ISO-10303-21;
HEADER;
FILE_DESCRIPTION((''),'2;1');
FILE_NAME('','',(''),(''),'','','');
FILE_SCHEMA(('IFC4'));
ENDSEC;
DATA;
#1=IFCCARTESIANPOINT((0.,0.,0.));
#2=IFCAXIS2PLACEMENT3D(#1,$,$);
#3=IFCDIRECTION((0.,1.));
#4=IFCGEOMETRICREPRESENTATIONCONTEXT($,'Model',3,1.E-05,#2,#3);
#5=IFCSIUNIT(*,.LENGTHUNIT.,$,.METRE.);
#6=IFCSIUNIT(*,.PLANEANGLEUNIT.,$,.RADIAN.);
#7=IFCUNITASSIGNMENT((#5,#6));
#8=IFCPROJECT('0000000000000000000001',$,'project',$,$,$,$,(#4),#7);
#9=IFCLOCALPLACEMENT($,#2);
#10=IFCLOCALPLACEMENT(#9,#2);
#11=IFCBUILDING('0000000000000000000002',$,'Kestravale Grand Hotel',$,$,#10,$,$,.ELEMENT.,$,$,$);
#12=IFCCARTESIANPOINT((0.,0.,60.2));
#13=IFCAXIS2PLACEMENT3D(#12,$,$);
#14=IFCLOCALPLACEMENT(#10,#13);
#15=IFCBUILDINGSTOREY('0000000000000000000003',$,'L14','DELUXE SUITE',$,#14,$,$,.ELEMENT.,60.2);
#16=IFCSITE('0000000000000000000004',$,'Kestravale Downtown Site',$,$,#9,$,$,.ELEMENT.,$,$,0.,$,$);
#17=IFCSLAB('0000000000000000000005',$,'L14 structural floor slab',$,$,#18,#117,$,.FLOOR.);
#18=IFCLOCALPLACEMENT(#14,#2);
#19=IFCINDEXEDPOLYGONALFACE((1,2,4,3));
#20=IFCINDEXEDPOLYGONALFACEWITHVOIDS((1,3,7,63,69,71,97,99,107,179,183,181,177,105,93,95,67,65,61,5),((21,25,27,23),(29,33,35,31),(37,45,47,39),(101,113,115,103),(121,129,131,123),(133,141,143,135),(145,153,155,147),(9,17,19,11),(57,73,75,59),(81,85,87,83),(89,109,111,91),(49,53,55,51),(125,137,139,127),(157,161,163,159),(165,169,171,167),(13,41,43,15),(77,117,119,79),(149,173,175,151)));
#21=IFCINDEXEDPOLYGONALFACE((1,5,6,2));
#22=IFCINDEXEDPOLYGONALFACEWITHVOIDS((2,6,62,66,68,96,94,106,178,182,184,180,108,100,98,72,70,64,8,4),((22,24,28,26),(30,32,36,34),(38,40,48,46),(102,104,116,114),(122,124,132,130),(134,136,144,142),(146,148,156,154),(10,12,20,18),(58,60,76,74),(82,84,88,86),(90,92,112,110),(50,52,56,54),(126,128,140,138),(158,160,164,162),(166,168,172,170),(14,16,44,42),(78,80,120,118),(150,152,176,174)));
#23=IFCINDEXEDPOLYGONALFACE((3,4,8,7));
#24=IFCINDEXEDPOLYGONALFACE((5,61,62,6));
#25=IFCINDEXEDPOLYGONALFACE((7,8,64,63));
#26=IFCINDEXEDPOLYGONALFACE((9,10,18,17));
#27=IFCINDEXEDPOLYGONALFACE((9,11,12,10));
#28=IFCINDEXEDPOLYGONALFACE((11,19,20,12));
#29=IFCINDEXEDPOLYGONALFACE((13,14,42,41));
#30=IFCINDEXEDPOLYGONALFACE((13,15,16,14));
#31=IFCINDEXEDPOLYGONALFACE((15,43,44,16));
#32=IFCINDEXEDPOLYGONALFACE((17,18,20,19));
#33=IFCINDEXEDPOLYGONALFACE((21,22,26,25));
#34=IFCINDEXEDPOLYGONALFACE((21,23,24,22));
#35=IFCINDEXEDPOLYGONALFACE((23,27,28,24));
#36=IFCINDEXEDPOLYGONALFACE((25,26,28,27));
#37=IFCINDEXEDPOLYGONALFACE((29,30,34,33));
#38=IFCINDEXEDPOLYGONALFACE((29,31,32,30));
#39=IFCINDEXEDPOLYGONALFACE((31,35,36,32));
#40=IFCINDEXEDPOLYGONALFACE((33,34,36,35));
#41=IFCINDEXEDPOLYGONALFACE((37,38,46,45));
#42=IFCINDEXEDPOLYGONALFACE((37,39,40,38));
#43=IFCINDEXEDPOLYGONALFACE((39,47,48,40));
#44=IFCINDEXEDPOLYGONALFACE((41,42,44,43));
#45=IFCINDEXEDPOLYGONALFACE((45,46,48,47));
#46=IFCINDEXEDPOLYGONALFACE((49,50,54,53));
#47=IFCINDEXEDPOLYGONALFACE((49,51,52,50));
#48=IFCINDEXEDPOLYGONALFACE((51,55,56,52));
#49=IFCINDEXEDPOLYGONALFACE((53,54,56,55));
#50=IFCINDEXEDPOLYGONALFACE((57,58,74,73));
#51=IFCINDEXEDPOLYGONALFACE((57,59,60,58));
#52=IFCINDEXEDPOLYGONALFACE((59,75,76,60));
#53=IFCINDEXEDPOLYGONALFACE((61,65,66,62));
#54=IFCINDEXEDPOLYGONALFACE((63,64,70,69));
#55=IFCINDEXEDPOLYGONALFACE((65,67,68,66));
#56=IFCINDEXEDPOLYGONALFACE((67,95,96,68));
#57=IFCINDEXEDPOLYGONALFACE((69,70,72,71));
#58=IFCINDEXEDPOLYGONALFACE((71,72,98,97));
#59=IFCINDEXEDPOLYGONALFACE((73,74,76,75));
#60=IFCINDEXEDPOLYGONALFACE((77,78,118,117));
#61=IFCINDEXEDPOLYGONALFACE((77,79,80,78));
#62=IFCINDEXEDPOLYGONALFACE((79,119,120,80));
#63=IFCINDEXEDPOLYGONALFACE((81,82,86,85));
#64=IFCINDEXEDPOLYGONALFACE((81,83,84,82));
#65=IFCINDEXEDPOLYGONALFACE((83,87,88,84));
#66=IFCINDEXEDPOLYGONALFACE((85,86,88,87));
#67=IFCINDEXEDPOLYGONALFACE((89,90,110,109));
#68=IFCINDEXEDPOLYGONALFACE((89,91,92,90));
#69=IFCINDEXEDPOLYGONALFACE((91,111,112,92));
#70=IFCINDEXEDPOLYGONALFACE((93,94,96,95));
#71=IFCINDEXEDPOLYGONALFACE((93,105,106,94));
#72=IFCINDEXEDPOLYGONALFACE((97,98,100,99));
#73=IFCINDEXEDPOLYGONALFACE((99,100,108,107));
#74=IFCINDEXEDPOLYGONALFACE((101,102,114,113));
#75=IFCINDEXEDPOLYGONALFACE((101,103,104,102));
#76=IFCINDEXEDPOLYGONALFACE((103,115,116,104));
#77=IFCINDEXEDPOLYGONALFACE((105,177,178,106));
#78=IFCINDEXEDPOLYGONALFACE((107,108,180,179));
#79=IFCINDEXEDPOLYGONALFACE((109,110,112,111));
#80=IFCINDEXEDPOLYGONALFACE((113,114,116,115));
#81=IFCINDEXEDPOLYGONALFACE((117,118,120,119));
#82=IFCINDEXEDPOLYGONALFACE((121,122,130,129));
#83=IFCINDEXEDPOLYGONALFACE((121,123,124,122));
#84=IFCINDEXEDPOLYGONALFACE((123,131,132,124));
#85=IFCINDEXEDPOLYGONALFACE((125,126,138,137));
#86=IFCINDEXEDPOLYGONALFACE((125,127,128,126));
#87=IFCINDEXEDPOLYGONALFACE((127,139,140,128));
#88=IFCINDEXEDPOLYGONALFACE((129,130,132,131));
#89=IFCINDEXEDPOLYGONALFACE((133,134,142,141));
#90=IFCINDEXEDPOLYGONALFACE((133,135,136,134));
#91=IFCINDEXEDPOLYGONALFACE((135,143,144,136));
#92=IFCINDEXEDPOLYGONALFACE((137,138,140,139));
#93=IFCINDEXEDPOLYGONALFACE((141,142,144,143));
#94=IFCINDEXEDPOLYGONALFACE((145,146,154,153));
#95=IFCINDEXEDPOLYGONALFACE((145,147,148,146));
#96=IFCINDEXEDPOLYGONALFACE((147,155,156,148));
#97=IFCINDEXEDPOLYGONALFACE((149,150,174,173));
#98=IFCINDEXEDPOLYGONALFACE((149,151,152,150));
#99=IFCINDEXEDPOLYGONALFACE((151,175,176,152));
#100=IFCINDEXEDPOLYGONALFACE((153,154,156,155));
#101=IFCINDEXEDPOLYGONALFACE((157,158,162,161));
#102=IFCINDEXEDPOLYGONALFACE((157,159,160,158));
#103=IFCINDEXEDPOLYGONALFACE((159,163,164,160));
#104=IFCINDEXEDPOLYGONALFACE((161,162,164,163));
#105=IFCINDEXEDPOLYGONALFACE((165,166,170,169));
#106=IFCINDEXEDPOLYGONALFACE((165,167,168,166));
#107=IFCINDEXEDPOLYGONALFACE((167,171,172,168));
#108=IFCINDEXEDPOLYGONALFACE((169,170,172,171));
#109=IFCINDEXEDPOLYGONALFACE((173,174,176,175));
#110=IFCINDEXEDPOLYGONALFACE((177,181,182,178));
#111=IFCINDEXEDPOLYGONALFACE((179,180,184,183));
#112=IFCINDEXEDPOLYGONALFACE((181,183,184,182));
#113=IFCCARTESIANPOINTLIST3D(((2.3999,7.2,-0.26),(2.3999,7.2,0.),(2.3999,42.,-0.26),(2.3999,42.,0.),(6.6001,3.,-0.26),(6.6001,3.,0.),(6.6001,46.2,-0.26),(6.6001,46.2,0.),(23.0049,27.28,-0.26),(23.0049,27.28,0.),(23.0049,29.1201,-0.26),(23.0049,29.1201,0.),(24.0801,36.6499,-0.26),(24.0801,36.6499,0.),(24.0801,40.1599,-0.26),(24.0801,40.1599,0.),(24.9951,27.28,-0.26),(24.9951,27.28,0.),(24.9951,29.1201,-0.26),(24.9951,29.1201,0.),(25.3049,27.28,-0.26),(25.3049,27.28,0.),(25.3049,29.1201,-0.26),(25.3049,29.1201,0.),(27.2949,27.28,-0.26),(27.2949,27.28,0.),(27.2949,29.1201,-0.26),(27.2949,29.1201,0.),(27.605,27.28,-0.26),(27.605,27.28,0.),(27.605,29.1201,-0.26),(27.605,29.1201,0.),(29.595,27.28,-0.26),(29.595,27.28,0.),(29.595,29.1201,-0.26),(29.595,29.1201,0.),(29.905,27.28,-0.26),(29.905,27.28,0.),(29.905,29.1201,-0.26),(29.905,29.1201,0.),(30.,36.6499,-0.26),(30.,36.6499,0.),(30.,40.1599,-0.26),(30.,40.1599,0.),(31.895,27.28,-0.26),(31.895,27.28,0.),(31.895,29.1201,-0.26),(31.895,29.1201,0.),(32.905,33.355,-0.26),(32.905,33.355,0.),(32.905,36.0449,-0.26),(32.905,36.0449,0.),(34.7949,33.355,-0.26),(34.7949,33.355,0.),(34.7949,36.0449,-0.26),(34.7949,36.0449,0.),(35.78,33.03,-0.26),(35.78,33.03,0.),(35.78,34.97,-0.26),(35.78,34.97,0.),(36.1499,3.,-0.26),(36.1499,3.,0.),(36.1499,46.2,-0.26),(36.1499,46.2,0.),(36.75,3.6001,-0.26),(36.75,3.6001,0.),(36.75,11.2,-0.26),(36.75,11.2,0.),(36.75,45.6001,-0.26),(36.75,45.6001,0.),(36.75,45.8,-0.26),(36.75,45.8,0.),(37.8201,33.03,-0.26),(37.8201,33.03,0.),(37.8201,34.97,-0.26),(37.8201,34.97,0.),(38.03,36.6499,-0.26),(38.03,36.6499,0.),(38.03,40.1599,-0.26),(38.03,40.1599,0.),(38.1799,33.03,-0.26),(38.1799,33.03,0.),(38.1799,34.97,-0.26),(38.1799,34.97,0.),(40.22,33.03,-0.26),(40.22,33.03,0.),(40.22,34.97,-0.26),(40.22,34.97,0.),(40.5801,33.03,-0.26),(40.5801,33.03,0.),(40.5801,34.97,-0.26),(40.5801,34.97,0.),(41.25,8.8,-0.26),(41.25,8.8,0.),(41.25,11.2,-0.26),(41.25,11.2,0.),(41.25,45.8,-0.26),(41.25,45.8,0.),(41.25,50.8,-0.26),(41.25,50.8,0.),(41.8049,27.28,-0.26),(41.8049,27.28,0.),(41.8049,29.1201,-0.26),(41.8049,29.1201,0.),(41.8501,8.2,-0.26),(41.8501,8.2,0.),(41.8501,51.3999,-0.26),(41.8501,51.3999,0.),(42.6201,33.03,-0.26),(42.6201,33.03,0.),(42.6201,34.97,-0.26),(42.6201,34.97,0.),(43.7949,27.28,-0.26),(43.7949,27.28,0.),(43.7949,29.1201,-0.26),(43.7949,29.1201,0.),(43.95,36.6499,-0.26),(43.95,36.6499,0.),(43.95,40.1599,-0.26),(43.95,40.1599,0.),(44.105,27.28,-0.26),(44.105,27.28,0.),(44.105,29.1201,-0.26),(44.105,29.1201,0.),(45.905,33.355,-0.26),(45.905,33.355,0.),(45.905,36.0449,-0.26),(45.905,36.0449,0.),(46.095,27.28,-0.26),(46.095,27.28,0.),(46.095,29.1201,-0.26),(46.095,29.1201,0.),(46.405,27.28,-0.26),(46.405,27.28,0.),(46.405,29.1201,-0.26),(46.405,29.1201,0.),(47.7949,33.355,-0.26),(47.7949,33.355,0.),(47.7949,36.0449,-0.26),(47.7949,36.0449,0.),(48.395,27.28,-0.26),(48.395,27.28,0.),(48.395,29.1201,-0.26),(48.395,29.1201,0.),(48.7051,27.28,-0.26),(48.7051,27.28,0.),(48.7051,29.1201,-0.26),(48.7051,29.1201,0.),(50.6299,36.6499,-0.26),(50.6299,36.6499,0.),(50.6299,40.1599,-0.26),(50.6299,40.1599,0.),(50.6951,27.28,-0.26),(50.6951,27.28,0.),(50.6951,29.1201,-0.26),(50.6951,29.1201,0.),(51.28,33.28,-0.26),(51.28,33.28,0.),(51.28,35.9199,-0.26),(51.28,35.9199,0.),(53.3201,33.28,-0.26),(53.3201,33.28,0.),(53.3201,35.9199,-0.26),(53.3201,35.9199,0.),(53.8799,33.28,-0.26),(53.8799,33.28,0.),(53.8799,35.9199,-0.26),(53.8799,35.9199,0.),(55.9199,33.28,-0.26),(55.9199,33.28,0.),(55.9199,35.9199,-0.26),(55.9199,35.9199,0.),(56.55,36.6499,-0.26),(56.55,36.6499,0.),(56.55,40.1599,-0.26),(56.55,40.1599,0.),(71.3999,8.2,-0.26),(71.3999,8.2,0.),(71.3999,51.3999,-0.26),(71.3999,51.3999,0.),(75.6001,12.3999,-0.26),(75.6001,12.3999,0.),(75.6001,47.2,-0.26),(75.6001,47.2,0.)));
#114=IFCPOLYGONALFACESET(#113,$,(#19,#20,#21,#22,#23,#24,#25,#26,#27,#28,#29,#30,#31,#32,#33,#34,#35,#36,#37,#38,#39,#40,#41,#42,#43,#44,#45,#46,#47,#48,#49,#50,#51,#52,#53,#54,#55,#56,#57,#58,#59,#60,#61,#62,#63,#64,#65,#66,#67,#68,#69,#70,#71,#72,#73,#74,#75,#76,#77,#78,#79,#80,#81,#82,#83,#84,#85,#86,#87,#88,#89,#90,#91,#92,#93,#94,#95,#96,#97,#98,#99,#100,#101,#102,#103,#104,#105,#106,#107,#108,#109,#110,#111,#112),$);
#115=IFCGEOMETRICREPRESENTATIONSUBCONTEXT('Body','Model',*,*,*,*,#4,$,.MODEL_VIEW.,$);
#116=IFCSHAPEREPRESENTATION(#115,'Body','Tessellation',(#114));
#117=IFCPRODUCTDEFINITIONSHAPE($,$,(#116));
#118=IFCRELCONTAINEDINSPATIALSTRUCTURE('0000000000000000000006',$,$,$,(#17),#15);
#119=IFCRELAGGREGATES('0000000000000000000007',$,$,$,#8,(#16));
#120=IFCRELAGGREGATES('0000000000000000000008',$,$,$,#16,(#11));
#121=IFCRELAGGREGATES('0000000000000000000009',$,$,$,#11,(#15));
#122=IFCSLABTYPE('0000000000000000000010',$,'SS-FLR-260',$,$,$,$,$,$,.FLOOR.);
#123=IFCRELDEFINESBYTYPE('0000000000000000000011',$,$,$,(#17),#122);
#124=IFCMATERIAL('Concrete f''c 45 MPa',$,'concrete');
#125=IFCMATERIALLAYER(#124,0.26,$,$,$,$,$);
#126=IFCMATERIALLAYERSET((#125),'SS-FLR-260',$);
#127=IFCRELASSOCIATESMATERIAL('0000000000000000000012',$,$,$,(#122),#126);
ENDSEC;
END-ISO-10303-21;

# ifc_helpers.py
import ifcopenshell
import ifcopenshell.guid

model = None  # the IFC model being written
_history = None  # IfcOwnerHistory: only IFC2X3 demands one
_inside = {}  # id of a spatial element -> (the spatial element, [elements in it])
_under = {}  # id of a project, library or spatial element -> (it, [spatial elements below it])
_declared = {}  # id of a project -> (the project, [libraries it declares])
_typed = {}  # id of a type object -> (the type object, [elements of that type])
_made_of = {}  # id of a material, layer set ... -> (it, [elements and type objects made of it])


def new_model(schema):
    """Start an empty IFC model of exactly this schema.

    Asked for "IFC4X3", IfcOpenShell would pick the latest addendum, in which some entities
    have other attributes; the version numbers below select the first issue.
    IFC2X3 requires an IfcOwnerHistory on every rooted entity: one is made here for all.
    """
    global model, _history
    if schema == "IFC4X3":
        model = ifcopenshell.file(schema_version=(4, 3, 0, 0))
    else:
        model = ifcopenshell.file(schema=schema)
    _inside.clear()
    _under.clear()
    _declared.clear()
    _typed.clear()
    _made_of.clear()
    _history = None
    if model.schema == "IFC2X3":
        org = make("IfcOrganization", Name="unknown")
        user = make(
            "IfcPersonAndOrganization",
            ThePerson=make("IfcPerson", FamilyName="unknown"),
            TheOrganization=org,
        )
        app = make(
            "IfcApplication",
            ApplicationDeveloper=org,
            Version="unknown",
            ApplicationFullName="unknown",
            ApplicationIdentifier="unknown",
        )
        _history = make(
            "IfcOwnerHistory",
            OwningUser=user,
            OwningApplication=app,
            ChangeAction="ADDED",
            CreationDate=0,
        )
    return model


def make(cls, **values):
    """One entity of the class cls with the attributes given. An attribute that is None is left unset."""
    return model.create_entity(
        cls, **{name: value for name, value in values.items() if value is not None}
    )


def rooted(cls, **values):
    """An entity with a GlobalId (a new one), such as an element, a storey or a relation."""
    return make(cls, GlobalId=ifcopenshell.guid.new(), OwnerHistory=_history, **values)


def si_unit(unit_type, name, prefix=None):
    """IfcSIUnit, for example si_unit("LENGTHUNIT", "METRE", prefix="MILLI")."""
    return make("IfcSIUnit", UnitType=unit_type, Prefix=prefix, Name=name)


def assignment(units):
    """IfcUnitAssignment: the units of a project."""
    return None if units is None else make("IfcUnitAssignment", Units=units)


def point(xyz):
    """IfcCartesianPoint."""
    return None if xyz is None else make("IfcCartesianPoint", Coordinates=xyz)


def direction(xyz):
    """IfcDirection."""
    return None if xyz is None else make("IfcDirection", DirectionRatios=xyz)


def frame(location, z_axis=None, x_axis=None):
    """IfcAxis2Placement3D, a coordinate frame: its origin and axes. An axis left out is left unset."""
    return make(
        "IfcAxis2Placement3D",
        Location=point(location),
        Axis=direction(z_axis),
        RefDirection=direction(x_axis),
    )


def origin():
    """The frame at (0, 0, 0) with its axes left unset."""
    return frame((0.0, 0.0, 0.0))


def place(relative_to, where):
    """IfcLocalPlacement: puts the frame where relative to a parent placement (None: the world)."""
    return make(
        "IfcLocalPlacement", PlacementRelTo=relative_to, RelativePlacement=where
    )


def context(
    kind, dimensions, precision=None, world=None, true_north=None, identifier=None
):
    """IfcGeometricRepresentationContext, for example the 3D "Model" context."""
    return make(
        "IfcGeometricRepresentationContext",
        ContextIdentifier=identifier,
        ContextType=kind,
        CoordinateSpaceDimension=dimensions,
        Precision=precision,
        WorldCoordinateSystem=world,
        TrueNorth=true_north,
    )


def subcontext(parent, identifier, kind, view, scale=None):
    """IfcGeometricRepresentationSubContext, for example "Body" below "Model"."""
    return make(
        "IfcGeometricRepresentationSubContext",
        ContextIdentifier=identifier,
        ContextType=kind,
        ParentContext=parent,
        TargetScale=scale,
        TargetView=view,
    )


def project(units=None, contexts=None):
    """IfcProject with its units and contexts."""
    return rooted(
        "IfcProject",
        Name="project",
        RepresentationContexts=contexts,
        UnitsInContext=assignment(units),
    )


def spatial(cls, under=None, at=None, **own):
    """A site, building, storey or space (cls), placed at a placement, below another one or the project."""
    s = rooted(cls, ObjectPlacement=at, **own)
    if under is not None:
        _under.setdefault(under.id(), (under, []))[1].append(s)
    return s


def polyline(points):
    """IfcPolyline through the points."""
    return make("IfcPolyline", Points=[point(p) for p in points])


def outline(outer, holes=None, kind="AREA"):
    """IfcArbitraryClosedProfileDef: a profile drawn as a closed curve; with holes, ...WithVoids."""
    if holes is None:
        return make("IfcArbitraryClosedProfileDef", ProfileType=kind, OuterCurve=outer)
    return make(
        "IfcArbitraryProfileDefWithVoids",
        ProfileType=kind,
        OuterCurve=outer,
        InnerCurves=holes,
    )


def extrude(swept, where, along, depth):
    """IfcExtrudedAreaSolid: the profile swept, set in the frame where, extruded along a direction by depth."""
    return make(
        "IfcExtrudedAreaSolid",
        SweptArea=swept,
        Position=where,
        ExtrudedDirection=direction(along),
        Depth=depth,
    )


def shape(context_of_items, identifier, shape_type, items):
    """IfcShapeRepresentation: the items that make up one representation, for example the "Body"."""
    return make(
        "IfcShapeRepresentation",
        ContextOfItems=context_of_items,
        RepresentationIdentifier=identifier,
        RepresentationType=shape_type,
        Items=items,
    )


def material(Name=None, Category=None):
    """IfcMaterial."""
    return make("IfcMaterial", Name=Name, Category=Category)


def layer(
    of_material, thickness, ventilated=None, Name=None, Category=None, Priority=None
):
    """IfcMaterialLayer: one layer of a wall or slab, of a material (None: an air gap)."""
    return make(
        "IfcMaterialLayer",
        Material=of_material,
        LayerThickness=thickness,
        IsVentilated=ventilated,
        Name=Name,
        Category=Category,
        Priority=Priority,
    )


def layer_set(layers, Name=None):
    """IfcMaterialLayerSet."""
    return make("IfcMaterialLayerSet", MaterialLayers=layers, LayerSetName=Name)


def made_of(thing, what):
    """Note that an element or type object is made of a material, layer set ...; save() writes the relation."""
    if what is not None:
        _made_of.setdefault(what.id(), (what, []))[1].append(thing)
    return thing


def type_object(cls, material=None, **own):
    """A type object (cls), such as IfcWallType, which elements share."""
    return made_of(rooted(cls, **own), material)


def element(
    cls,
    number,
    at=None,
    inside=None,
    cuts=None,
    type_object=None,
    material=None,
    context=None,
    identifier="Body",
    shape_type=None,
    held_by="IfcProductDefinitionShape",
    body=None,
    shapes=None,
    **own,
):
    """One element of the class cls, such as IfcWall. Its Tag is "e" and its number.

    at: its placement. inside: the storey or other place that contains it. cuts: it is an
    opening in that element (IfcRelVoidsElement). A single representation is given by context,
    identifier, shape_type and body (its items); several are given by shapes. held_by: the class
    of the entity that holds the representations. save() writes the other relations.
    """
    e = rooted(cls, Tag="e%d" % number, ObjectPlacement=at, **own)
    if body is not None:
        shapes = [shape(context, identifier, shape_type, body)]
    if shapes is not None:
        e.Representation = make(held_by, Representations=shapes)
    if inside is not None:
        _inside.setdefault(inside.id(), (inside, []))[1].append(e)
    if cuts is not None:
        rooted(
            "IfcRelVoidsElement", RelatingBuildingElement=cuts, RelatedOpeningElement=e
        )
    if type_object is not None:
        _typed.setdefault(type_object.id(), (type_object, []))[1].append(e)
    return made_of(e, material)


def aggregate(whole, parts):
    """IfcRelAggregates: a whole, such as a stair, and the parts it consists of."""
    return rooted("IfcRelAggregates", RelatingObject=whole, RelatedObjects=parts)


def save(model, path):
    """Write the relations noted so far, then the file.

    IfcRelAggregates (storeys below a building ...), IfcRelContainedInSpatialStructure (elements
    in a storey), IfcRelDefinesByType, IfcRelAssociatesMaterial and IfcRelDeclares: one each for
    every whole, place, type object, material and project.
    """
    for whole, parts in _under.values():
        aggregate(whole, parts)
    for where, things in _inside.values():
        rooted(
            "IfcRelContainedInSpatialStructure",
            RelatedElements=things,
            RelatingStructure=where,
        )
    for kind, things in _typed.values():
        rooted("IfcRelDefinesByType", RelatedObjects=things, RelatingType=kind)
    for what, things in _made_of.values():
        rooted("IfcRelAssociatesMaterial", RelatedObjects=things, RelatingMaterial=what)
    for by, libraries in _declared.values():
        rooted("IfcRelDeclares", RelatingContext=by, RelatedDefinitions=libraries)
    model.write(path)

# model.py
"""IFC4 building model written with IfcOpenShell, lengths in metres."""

from ifc_helpers import new_model, si_unit, direction, frame, origin, place, context, subcontext, project, spatial, polyline, outline, extrude, material, layer, layer_set, type_object, element, save


model = new_model("IFC4")

# Units and contexts
model_context = context("Model", 3, precision=1e-05, world=origin(), true_north=direction((0.0, 1.0)))
body_context = subcontext(model_context, "Body", "Model", "MODEL_VIEW")
ifc_project = project(units=[si_unit("LENGTHUNIT", "METRE"), si_unit("PLANEANGLEUNIT", "RADIAN")], contexts=[model_context])

# Site, building, storey
site_placement = place(None, origin())
site = spatial("IfcSite", under=ifc_project, at=site_placement, Name="Kestravale Downtown Site", CompositionType="ELEMENT", RefElevation=0.0)
building_placement = place(site_placement, origin())
building = spatial("IfcBuilding", under=site, at=building_placement, Name="Kestravale Grand Hotel", CompositionType="ELEMENT")
storey_placement = place(building_placement, frame((0.0, 0.0, 60.2)))
storey = spatial("IfcBuildingStorey", under=building, at=storey_placement, Name="L14", Description="DELUXE SUITE", CompositionType="ELEMENT", Elevation=60.2)

# Slab
ifc_material_1 = material(Name="Concrete f'c 45 MPa", Category="concrete")
ifc_layer_1 = layer(ifc_material_1, 0.26)
ifc_layer_set_1 = layer_set([ifc_layer_1], Name="SS-FLR-260")
slab_type_1 = type_object("IfcSlabType", Name="SS-FLR-260", PredefinedType="FLOOR", material=ifc_layer_set_1)
slab_1_placement = place(storey_placement, frame((0.0, 0.0, -0.26)))
element("IfcSlab", 1, at=slab_1_placement, inside=storey, type_object=slab_type_1, Name="L14 structural floor slab", PredefinedType="FLOOR", context=body_context, shape_type="SweptSolid", body=[
    extrude(outline(polyline([(6.6001, 3.0), (36.1499, 3.0), (36.75, 3.6001), (36.75, 11.2), (41.25, 11.2), (41.25, 8.8), (41.8501, 8.2), (71.3999, 8.2), (75.6001, 12.3999), (75.6001, 47.2), (71.3999, 51.3999), (41.8501, 51.3999), (41.25, 50.8), (41.25, 45.8), (36.75, 45.8), (36.75, 45.6001), (36.1499, 46.2), (6.6001, 46.2), (2.3999, 42.0), (2.3999, 7.2), (6.6001, 3.0)]), holes=[polyline([(24.0801, 36.6499), (30.0, 36.6499), (30.0, 40.1599), (24.0801, 40.1599), (24.0801, 36.6499)]), polyline([(38.03, 36.6499), (43.95, 36.6499), (43.95, 40.1599), (38.03, 40.1599), (38.03, 36.6499)]), polyline([(50.6299, 36.6499), (56.55, 36.6499), (56.55, 40.1599), (50.6299, 40.1599), (50.6299, 36.6499)]), polyline([(23.0049, 27.28), (24.9951, 27.28), (24.9951, 29.1201), (23.0049, 29.1201), (23.0049, 27.28)]), polyline([(25.3049, 27.28), (27.2949, 27.28), (27.2949, 29.1201), (25.3049, 29.1201), (25.3049, 27.28)]), polyline([(27.605, 27.28), (29.595, 27.28), (29.595, 29.1201), (27.605, 29.1201), (27.605, 27.28)]), polyline([(29.905, 27.28), (31.895, 27.28), (31.895, 29.1201), (29.905, 29.1201), (29.905, 27.28)]), polyline([(41.8049, 27.28), (43.7949, 27.28), (43.7949, 29.1201), (41.8049, 29.1201), (41.8049, 27.28)]), polyline([(44.105, 27.28), (46.095, 27.28), (46.095, 29.1201), (44.105, 29.1201), (44.105, 27.28)]), polyline([(46.405, 27.28), (48.395, 27.28), (48.395, 29.1201), (46.405, 29.1201), (46.405, 27.28)]), polyline([(48.7051, 27.28), (50.6951, 27.28), (50.6951, 29.1201), (48.7051, 29.1201), (48.7051, 27.28)]), polyline([(35.78, 33.03), (37.8201, 33.03), (37.8201, 34.97), (35.78, 34.97), (35.78, 33.03)]), polyline([(38.1799, 33.03), (40.22, 33.03), (40.22, 34.97), (38.1799, 34.97), (38.1799, 33.03)]), polyline([(40.5801, 33.03), (42.6201, 33.03), (42.6201, 34.97), (40.5801, 34.97), (40.5801, 33.03)]), polyline([(32.905, 33.355), (34.7949, 33.355), (34.7949, 36.0449), (32.905, 36.0449), (32.905, 33.355)]), polyline([(45.905, 33.355), (47.7949, 33.355), (47.7949, 36.0449), (45.905, 36.0449), (45.905, 33.355)]), polyline([(51.28, 33.28), (53.3201, 33.28), (53.3201, 35.9199), (51.28, 35.9199), (51.28, 33.28)]), polyline([(53.8799, 33.28), (55.9199, 33.28), (55.9199, 35.9199), (53.8799, 35.9199), (53.8799, 33.28)])]), origin(), (0.0, 0.0, 1.0), 0.26),
])

save(model, "model.ifc")
